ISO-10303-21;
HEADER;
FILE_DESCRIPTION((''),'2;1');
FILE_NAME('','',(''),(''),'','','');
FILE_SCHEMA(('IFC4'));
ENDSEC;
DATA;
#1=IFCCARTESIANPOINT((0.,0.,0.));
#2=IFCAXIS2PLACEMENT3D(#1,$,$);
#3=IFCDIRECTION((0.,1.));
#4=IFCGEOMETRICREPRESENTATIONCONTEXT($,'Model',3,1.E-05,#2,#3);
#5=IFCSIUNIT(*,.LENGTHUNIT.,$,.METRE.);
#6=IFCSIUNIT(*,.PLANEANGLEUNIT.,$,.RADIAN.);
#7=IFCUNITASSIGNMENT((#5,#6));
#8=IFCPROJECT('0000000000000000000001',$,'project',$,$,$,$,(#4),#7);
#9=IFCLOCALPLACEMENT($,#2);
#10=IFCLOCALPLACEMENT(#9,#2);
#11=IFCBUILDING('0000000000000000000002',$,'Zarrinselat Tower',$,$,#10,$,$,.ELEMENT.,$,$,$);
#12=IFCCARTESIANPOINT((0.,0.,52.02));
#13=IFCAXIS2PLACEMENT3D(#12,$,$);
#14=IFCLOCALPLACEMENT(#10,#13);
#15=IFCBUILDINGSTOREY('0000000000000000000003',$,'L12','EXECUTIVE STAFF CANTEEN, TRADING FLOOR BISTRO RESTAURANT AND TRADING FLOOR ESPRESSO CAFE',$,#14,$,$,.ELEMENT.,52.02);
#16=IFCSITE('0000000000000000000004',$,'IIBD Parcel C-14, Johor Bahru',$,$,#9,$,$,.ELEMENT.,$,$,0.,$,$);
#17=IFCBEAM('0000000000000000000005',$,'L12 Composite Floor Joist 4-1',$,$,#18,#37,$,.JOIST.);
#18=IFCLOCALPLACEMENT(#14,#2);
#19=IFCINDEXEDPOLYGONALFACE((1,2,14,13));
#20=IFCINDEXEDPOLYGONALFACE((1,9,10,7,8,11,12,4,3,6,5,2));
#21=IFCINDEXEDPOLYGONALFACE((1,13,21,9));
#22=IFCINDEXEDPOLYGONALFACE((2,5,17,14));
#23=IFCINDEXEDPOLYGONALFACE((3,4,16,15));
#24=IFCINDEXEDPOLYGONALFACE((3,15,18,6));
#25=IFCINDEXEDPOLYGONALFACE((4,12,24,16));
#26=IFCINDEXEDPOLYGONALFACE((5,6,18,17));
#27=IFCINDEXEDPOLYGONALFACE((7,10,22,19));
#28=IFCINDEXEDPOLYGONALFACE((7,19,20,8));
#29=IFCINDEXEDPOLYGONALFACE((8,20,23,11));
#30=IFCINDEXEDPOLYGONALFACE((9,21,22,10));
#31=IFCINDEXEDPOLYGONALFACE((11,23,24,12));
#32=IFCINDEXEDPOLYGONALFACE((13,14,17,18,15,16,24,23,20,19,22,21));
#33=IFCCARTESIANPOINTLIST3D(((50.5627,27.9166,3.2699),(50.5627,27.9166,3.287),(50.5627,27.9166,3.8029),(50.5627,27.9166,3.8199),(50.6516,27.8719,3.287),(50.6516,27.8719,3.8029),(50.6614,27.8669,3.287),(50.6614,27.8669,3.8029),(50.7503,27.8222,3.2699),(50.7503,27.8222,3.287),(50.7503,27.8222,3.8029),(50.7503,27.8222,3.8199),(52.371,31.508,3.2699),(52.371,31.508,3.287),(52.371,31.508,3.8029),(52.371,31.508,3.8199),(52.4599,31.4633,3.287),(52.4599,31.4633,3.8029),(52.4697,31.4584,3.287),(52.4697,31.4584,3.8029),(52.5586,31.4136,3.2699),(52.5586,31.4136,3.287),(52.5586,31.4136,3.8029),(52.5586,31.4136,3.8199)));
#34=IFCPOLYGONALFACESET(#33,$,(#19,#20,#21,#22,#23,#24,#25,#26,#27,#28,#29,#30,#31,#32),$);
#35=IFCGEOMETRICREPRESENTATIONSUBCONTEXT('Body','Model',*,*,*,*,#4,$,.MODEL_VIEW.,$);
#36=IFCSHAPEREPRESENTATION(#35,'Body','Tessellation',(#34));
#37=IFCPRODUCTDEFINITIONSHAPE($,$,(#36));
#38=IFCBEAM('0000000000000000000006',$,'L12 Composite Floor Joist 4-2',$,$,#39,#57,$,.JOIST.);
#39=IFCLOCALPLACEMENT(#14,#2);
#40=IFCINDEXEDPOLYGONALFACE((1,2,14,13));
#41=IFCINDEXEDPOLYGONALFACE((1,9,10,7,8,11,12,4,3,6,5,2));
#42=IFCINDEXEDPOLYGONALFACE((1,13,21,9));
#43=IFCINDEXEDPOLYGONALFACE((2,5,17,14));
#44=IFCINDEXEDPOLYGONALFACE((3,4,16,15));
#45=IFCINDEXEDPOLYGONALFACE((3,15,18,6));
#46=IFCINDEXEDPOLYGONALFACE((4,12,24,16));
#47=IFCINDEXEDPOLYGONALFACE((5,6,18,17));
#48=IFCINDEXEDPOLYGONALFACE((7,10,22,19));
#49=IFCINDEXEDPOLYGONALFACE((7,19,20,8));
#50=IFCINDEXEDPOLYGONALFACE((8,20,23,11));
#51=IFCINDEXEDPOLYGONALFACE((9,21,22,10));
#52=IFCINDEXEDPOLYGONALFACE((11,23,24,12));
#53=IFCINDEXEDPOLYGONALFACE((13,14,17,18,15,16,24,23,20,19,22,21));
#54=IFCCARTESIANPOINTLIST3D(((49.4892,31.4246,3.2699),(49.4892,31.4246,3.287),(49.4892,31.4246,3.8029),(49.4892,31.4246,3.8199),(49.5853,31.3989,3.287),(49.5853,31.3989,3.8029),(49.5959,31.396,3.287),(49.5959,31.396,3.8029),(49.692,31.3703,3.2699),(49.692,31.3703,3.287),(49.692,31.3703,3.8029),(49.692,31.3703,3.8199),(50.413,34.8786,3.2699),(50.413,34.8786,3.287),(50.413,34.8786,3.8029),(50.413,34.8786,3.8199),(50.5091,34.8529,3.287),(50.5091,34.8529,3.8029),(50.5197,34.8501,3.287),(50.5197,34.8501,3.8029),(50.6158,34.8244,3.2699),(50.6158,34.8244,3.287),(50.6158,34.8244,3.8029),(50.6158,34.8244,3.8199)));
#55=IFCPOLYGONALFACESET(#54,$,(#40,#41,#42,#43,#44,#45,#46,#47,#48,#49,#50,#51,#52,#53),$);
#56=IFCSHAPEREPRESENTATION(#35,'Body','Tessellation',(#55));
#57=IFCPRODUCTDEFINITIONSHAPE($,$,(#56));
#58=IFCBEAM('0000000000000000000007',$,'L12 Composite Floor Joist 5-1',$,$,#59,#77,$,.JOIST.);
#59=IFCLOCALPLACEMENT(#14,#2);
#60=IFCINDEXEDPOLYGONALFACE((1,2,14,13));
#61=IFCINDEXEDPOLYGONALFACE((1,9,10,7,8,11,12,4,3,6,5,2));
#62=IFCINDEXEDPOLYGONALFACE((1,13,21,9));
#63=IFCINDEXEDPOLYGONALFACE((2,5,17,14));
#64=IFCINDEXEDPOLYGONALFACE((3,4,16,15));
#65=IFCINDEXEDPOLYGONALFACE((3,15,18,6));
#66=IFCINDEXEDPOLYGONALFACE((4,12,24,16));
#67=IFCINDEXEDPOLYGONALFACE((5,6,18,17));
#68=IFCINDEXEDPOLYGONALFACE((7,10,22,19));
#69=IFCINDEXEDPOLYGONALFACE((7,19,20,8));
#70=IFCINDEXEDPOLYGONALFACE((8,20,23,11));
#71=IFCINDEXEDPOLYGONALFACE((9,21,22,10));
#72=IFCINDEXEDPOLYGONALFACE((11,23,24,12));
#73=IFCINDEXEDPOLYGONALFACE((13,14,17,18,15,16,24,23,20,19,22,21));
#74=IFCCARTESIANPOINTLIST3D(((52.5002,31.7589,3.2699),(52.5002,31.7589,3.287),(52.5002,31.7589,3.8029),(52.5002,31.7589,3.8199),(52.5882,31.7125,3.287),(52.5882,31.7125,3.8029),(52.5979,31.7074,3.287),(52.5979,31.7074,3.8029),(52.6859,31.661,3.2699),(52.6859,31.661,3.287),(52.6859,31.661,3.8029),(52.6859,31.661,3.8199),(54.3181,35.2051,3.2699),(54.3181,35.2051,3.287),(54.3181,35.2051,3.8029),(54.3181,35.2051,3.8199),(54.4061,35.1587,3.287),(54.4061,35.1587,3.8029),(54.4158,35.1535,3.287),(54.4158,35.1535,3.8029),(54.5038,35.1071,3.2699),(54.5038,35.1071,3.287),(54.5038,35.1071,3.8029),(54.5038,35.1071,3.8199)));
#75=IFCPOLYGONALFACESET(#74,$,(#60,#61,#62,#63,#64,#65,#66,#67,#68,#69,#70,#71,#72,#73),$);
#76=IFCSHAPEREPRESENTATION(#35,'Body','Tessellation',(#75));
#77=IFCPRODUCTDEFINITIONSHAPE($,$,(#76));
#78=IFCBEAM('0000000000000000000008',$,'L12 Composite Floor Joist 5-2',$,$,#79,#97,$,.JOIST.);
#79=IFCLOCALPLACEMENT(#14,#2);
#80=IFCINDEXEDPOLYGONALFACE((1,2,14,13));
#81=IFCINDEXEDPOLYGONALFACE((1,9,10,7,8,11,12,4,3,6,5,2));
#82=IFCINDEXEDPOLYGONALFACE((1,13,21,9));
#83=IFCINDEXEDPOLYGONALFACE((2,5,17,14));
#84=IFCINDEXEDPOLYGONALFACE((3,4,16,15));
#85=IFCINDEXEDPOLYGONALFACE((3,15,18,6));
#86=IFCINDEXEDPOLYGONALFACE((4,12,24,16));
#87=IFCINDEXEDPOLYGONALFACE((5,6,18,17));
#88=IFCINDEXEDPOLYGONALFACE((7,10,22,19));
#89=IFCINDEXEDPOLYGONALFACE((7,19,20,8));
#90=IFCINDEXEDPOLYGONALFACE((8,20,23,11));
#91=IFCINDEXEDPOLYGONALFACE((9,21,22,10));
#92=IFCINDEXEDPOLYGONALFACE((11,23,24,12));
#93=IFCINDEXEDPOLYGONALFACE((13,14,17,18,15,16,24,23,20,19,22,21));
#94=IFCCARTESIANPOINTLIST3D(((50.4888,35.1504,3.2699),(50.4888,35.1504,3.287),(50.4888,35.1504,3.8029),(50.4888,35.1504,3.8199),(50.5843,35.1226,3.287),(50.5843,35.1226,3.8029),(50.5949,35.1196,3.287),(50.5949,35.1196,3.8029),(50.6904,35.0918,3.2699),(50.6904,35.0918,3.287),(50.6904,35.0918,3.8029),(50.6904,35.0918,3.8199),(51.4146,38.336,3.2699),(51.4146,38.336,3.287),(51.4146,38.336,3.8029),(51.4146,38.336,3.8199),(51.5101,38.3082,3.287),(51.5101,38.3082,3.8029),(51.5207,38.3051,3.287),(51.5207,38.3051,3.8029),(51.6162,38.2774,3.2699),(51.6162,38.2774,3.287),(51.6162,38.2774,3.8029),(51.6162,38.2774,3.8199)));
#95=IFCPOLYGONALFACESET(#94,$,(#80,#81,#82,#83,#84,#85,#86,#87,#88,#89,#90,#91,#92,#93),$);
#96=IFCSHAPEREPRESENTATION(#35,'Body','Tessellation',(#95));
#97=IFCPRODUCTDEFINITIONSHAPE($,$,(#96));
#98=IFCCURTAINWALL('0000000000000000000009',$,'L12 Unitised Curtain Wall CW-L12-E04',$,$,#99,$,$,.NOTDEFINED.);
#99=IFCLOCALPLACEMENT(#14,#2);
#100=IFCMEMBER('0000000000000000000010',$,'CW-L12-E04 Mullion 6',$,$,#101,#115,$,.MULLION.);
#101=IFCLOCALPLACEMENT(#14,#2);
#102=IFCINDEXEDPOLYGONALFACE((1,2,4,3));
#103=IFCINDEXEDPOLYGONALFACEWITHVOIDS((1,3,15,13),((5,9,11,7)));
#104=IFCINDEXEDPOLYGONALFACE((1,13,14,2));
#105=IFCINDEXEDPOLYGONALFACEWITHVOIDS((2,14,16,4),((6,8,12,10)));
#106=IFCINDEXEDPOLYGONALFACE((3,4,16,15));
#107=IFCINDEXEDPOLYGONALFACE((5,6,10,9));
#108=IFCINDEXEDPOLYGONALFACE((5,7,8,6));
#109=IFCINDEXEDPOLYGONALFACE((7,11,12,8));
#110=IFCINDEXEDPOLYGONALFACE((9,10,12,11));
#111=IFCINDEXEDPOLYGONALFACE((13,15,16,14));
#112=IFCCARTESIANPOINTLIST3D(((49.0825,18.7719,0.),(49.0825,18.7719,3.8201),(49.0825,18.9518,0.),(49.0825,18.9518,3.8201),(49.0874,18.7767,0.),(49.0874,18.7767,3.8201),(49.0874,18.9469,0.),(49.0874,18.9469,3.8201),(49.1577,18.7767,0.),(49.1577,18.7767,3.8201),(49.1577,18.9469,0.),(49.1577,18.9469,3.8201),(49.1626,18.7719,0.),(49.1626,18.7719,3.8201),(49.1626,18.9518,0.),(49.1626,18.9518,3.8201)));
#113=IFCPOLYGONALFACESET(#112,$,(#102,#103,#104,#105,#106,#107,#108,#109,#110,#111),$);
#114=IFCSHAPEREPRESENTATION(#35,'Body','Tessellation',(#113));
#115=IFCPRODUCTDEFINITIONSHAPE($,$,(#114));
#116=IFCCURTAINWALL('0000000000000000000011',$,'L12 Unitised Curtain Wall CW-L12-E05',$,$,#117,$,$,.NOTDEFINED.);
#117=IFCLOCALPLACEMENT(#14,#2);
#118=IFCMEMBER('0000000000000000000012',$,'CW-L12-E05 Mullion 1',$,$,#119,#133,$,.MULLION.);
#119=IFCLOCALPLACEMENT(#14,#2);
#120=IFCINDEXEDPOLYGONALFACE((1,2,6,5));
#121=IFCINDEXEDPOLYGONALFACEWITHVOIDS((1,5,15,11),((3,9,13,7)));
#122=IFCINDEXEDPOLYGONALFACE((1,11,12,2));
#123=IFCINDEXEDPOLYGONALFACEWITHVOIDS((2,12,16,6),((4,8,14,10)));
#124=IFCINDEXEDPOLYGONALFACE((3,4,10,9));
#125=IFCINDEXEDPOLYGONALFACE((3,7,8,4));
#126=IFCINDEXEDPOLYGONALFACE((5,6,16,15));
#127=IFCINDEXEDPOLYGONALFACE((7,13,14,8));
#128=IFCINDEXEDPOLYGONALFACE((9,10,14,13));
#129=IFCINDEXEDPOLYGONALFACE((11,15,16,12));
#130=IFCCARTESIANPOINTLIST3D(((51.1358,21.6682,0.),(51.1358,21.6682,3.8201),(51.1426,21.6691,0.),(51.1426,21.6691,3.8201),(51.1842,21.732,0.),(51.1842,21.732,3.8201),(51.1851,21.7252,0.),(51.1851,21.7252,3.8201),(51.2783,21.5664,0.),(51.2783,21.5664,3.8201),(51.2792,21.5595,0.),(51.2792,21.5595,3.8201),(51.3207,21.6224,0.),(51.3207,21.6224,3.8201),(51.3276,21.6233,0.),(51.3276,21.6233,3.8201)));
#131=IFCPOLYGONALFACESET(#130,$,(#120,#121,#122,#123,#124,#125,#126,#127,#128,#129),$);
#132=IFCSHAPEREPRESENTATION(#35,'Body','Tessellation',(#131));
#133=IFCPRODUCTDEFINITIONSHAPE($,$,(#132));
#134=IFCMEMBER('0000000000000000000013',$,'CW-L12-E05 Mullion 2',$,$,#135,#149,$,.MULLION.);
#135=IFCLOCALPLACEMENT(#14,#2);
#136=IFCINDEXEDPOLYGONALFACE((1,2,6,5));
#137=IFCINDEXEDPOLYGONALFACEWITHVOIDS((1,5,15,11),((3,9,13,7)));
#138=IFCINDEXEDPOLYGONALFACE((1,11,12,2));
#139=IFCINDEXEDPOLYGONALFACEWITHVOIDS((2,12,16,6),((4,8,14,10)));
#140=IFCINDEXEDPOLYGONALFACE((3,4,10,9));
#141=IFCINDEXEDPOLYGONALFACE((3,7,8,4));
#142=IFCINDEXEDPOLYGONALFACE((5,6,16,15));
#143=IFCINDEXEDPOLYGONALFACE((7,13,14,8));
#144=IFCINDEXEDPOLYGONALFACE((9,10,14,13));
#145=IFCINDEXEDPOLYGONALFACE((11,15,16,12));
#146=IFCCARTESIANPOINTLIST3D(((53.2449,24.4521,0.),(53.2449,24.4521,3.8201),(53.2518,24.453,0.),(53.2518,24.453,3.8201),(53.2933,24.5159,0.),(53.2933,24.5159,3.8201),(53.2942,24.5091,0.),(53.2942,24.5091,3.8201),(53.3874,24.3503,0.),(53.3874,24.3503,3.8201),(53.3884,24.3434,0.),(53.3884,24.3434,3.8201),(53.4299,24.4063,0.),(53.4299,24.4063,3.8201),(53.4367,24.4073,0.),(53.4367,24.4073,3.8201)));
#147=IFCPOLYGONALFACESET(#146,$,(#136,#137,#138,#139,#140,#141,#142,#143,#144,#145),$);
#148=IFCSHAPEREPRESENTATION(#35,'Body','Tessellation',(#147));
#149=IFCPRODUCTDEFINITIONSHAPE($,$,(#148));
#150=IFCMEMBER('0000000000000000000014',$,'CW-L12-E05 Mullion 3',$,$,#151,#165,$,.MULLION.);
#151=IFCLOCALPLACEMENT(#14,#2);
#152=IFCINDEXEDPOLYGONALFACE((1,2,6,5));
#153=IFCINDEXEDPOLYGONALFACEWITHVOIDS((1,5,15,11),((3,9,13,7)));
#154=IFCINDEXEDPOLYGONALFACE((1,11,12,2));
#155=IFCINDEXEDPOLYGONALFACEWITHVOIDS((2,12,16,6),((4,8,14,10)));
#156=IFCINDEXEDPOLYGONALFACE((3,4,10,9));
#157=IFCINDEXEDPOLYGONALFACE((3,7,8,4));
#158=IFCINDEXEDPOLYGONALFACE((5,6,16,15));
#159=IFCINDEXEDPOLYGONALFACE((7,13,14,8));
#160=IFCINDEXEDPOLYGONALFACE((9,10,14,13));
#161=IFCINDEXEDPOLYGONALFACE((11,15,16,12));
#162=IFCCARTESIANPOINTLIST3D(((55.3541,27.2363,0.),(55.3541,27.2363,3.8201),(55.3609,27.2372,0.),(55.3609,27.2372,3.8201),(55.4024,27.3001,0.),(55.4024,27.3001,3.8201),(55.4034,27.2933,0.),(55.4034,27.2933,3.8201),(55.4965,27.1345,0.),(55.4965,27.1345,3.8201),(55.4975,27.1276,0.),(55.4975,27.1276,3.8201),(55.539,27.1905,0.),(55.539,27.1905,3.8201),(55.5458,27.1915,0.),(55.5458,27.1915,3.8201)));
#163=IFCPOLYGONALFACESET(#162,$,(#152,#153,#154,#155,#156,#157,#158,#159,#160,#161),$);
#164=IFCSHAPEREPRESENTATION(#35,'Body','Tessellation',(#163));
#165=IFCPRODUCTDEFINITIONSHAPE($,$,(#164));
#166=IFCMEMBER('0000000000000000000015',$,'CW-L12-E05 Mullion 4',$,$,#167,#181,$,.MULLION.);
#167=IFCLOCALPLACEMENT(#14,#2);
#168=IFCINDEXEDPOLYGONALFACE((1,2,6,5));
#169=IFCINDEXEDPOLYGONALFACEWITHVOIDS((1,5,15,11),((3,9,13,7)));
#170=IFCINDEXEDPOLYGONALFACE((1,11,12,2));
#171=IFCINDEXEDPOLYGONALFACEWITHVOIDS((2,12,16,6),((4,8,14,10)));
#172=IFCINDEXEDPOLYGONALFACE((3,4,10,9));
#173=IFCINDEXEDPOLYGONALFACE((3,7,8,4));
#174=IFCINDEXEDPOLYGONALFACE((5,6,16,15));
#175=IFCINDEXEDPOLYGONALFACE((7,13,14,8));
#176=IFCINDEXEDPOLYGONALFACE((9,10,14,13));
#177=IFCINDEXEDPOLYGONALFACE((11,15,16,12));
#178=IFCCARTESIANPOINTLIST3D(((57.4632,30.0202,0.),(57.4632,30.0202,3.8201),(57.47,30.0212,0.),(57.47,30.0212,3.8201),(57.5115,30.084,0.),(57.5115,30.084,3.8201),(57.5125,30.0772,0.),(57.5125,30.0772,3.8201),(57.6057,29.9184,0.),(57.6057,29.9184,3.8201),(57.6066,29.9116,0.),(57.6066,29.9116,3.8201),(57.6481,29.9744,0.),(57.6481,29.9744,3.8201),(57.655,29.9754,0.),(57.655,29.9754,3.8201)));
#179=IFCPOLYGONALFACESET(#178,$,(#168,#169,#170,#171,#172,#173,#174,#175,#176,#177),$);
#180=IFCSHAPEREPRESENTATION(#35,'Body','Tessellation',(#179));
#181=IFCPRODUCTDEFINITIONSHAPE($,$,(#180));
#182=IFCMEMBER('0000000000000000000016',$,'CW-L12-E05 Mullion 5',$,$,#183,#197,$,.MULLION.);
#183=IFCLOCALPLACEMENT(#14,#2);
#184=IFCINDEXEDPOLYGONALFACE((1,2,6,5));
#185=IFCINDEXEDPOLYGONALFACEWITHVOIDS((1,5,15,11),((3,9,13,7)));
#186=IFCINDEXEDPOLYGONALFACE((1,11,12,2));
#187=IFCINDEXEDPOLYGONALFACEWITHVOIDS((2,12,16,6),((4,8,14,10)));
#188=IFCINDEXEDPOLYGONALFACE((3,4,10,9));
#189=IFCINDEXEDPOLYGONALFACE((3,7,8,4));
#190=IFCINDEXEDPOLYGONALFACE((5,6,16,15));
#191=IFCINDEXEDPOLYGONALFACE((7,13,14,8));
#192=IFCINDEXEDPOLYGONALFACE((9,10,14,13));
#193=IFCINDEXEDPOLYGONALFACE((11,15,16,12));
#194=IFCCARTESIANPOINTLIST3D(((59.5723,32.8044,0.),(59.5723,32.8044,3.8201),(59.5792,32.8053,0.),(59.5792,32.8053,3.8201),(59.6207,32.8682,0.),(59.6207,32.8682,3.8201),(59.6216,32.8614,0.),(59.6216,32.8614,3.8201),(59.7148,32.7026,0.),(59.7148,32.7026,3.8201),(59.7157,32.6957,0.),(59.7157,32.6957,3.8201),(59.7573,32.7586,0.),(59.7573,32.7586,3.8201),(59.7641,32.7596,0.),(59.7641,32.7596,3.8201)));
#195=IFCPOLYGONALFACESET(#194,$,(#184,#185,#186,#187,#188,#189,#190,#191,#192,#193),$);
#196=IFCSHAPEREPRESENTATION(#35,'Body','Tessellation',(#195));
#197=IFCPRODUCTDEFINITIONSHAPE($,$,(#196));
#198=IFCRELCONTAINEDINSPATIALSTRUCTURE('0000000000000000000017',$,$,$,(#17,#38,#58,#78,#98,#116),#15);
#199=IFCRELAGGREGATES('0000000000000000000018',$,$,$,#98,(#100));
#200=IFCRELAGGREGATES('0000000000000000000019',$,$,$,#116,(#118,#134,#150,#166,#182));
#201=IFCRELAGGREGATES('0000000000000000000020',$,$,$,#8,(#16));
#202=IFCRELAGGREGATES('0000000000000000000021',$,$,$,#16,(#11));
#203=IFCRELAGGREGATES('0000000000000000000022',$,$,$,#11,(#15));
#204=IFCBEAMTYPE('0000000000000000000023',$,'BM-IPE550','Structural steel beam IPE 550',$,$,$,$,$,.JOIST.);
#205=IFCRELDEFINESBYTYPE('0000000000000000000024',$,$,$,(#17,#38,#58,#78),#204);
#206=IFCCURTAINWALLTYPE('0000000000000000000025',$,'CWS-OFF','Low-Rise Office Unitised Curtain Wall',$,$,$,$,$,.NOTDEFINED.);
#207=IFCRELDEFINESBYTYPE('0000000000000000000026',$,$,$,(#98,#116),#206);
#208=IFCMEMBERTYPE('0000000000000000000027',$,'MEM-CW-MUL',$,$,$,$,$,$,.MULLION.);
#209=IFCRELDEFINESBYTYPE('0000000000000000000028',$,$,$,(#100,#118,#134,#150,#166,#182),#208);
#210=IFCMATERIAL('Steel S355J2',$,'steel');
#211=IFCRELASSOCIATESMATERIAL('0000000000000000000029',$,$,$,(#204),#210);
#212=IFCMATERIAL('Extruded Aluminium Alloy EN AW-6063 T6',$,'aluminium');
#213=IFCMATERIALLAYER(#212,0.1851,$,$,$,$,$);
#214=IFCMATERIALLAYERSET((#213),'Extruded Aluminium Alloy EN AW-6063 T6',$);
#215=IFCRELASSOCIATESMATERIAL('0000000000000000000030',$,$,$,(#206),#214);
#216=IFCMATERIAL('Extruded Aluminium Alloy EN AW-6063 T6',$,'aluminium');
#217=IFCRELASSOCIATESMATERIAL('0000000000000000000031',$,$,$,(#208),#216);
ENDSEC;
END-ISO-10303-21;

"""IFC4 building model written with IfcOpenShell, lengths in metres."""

from ifc_helpers import new_model, si_unit, direction, frame, origin, origin_2d, place, context, subcontext, project, spatial, hollow_rectangle, i_section, extrude, material, layer, layer_set, material_profile, profile_set, type_object, element, aggregate, save


model = new_model("IFC4")

# Units and contexts
model_context = context("Model", 3, precision=1e-05, world=origin(), true_north=direction((0.0, 1.0)))
body_context = subcontext(model_context, "Body", "Model", "MODEL_VIEW")
ifc_project = project(units=[si_unit("LENGTHUNIT", "METRE"), si_unit("PLANEANGLEUNIT", "RADIAN")], contexts=[model_context])

# Site, building, storey
site_placement = place(None, origin())
site = spatial("IfcSite", under=ifc_project, at=site_placement, Name="IIBD Parcel C-14, Johor Bahru", CompositionType="ELEMENT", RefElevation=0.0)
building_placement = place(site_placement, origin())
building = spatial("IfcBuilding", under=site, at=building_placement, Name="Zarrinselat Tower", CompositionType="ELEMENT")
storey_placement = place(building_placement, frame((0.0, 0.0, 52.02)))
storey = spatial("IfcBuildingStorey", under=building, at=storey_placement, Name="L12", Description="EXECUTIVE STAFF CANTEEN, TRADING FLOOR BISTRO RESTAURANT AND TRADING FLOOR ESPRESSO CAFE", CompositionType="ELEMENT", Elevation=52.02)

# Beams
ifc_material_1 = material(Name="Steel S355J2", Category="steel")
ifc_material_profile_1 = material_profile(ifc_material_1, i_section(OverallWidth=0.21, OverallDepth=0.55, WebThickness=0.011, FlangeThickness=0.0171, at=origin_2d()), Name="IPE 550")
ifc_profile_set_1 = profile_set([ifc_material_profile_1], Name="Steel S355J2")
beam_type_1 = type_object("IfcBeamType", Name="BM-IPE550", Description="Structural steel beam IPE 550", PredefinedType="JOIST", material=ifc_profile_set_1)
beam_1_placement = place(storey_placement, frame((50.6565, 27.8694, 3.5449), z_axis=(0.449713, 0.893173, 0.0), x_axis=(-0.893173, 0.449713, 0.0)))
element("IfcBeam", 1, at=beam_1_placement, inside=storey, type_object=beam_type_1, Name="L12 Composite Floor Joist 4-1", PredefinedType="JOIST", context=body_context, shape_type="SweptSolid", body=[
    extrude(i_section(OverallWidth=0.21, OverallDepth=0.55, WebThickness=0.011, FlangeThickness=0.0171, at=origin_2d()), origin(), (0.0, 0.0, 1.0), 4.021),
])
beam_2_placement = place(storey_placement, frame((49.5906, 31.3975, 3.5449), z_axis=(0.258377, 0.966044, 0.0), x_axis=(-0.966044, 0.258377, 0.0)))
element("IfcBeam", 2, at=beam_2_placement, inside=storey, type_object=beam_type_1, Name="L12 Composite Floor Joist 4-2", PredefinedType="JOIST", context=body_context, shape_type="SweptSolid", body=[
    extrude(i_section(OverallWidth=0.21, OverallDepth=0.55, WebThickness=0.011, FlangeThickness=0.0171, at=origin_2d()), origin(), (0.0, 0.0, 1.0), 3.5754),
])
beam_3_placement = place(storey_placement, frame((52.593, 31.71, 3.5449), z_axis=(0.466583, 0.884477, 0.0), x_axis=(-0.884477, 0.466583, 0.0)))
element("IfcBeam", 3, at=beam_3_placement, inside=storey, type_object=beam_type_1, Name="L12 Composite Floor Joist 5-1", PredefinedType="JOIST", context=body_context, shape_type="SweptSolid", body=[
    extrude(i_section(OverallWidth=0.21, OverallDepth=0.55, WebThickness=0.011, FlangeThickness=0.0171, at=origin_2d()), origin(), (0.0, 0.0, 1.0), 3.8962),
])
beam_4_placement = place(storey_placement, frame((50.5896, 35.1211, 3.5449), z_axis=(0.279073, 0.96027, 0.0), x_axis=(-0.96027, 0.279073, 0.0)))
element("IfcBeam", 4, at=beam_4_placement, inside=storey, type_object=beam_type_1, Name="L12 Composite Floor Joist 5-2", PredefinedType="JOIST", context=body_context, shape_type="SweptSolid", body=[
    extrude(i_section(OverallWidth=0.21, OverallDepth=0.55, WebThickness=0.011, FlangeThickness=0.0171, at=origin_2d()), origin(), (0.0, 0.0, 1.0), 3.3174),
])

# Curtain wall, member
ifc_material_2 = material(Name="Extruded Aluminium Alloy EN AW-6063 T6", Category="aluminium")
ifc_layer_1 = layer(ifc_material_2, 0.1851)
ifc_layer_set_1 = layer_set([ifc_layer_1], Name="Extruded Aluminium Alloy EN AW-6063 T6")
curtain_wall_type = type_object("IfcCurtainWallType", Name="CWS-OFF", Description="Low-Rise Office Unitised Curtain Wall", PredefinedType="NOTDEFINED", material=ifc_layer_set_1)
curtain_wall_1_placement = place(storey_placement, origin())
curtain_wall_1 = element("IfcCurtainWall", 5, at=curtain_wall_1_placement, inside=storey, type_object=curtain_wall_type, Name="L12 Unitised Curtain Wall CW-L12-E04", PredefinedType="NOTDEFINED")
ifc_material_3 = material(Name="Extruded Aluminium Alloy EN AW-6063 T6", Category="aluminium")
ifc_material_profile_2 = material_profile(ifc_material_3, hollow_rectangle(XDim=0.0801, YDim=0.1799, WallThickness=0.0049, at=origin_2d()), Name="RHS 180x80x5")
ifc_profile_set_2 = profile_set([ifc_material_profile_2], Name="Extruded Aluminium Alloy EN AW-6063 T6")
member_type_1 = type_object("IfcMemberType", Name="MEM-CW-MUL", PredefinedType="MULLION", material=ifc_profile_set_2)
member_1_placement = place(storey_placement, frame((49.1226, 18.8618, 0.0), z_axis=(0.0, 0.0, 1.0), x_axis=(1.0, 0.0, 0.0)))
member_1 = element("IfcMember", 6, at=member_1_placement, type_object=member_type_1, Name="CW-L12-E04 Mullion 6", PredefinedType="MULLION", context=body_context, shape_type="SweptSolid", body=[
    extrude(hollow_rectangle(XDim=0.0801, YDim=0.1799, WallThickness=0.0049, at=origin_2d()), origin(), (0.0, 0.0, 1.0), 3.8201),
])
aggregate(curtain_wall_1, [member_1])

# Curtain wall, members
curtain_wall_2_placement = place(storey_placement, origin())
curtain_wall_2 = element("IfcCurtainWall", 7, at=curtain_wall_2_placement, inside=storey, type_object=curtain_wall_type, Name="L12 Unitised Curtain Wall CW-L12-E05", PredefinedType="NOTDEFINED")
member_2_placement = place(storey_placement, frame((51.2317, 21.6458, 0.0), z_axis=(0.0, 0.0, 1.0), x_axis=(0.603861, 0.79709, 0.0)))
member_2 = element("IfcMember", 8, at=member_2_placement, type_object=member_type_1, Name="CW-L12-E05 Mullion 1", PredefinedType="MULLION", context=body_context, shape_type="SweptSolid", body=[
    extrude(hollow_rectangle(XDim=0.0801, YDim=0.1799, WallThickness=0.0049, at=origin_2d()), origin(), (0.0, 0.0, 1.0), 3.8201),
])
member_3_placement = place(storey_placement, frame((53.3408, 24.4297, 0.0), z_axis=(0.0, 0.0, 1.0), x_axis=(0.603861, 0.79709, 0.0)))
member_3 = element("IfcMember", 9, at=member_3_placement, type_object=member_type_1, Name="CW-L12-E05 Mullion 2", PredefinedType="MULLION", context=body_context, shape_type="SweptSolid", body=[
    extrude(hollow_rectangle(XDim=0.0801, YDim=0.1799, WallThickness=0.0049, at=origin_2d()), origin(), (0.0, 0.0, 1.0), 3.8201),
])
member_4_placement = place(storey_placement, frame((55.45, 27.2139, 0.0), z_axis=(0.0, 0.0, 1.0), x_axis=(0.603861, 0.79709, 0.0)))
member_4 = element("IfcMember", 10, at=member_4_placement, type_object=member_type_1, Name="CW-L12-E05 Mullion 3", PredefinedType="MULLION", context=body_context, shape_type="SweptSolid", body=[
    extrude(hollow_rectangle(XDim=0.0801, YDim=0.1799, WallThickness=0.0049, at=origin_2d()), origin(), (0.0, 0.0, 1.0), 3.8201),
])
member_5_placement = place(storey_placement, frame((57.5591, 29.9978, 0.0), z_axis=(0.0, 0.0, 1.0), x_axis=(0.603861, 0.79709, 0.0)))
member_5 = element("IfcMember", 11, at=member_5_placement, type_object=member_type_1, Name="CW-L12-E05 Mullion 4", PredefinedType="MULLION", context=body_context, shape_type="SweptSolid", body=[
    extrude(hollow_rectangle(XDim=0.0801, YDim=0.1799, WallThickness=0.0049, at=origin_2d()), origin(), (0.0, 0.0, 1.0), 3.8201),
])
member_6_placement = place(storey_placement, frame((59.6682, 32.782, 0.0), z_axis=(0.0, 0.0, 1.0), x_axis=(0.603861, 0.79709, 0.0)))
member_6 = element("IfcMember", 12, at=member_6_placement, type_object=member_type_1, Name="CW-L12-E05 Mullion 5", PredefinedType="MULLION", context=body_context, shape_type="SweptSolid", body=[
    extrude(hollow_rectangle(XDim=0.0801, YDim=0.1799, WallThickness=0.0049, at=origin_2d()), origin(), (0.0, 0.0, 1.0), 3.8201),
])

aggregate(curtain_wall_2, [member_2, member_3, member_4, member_5, member_6])

save(model, "model.ifc")
